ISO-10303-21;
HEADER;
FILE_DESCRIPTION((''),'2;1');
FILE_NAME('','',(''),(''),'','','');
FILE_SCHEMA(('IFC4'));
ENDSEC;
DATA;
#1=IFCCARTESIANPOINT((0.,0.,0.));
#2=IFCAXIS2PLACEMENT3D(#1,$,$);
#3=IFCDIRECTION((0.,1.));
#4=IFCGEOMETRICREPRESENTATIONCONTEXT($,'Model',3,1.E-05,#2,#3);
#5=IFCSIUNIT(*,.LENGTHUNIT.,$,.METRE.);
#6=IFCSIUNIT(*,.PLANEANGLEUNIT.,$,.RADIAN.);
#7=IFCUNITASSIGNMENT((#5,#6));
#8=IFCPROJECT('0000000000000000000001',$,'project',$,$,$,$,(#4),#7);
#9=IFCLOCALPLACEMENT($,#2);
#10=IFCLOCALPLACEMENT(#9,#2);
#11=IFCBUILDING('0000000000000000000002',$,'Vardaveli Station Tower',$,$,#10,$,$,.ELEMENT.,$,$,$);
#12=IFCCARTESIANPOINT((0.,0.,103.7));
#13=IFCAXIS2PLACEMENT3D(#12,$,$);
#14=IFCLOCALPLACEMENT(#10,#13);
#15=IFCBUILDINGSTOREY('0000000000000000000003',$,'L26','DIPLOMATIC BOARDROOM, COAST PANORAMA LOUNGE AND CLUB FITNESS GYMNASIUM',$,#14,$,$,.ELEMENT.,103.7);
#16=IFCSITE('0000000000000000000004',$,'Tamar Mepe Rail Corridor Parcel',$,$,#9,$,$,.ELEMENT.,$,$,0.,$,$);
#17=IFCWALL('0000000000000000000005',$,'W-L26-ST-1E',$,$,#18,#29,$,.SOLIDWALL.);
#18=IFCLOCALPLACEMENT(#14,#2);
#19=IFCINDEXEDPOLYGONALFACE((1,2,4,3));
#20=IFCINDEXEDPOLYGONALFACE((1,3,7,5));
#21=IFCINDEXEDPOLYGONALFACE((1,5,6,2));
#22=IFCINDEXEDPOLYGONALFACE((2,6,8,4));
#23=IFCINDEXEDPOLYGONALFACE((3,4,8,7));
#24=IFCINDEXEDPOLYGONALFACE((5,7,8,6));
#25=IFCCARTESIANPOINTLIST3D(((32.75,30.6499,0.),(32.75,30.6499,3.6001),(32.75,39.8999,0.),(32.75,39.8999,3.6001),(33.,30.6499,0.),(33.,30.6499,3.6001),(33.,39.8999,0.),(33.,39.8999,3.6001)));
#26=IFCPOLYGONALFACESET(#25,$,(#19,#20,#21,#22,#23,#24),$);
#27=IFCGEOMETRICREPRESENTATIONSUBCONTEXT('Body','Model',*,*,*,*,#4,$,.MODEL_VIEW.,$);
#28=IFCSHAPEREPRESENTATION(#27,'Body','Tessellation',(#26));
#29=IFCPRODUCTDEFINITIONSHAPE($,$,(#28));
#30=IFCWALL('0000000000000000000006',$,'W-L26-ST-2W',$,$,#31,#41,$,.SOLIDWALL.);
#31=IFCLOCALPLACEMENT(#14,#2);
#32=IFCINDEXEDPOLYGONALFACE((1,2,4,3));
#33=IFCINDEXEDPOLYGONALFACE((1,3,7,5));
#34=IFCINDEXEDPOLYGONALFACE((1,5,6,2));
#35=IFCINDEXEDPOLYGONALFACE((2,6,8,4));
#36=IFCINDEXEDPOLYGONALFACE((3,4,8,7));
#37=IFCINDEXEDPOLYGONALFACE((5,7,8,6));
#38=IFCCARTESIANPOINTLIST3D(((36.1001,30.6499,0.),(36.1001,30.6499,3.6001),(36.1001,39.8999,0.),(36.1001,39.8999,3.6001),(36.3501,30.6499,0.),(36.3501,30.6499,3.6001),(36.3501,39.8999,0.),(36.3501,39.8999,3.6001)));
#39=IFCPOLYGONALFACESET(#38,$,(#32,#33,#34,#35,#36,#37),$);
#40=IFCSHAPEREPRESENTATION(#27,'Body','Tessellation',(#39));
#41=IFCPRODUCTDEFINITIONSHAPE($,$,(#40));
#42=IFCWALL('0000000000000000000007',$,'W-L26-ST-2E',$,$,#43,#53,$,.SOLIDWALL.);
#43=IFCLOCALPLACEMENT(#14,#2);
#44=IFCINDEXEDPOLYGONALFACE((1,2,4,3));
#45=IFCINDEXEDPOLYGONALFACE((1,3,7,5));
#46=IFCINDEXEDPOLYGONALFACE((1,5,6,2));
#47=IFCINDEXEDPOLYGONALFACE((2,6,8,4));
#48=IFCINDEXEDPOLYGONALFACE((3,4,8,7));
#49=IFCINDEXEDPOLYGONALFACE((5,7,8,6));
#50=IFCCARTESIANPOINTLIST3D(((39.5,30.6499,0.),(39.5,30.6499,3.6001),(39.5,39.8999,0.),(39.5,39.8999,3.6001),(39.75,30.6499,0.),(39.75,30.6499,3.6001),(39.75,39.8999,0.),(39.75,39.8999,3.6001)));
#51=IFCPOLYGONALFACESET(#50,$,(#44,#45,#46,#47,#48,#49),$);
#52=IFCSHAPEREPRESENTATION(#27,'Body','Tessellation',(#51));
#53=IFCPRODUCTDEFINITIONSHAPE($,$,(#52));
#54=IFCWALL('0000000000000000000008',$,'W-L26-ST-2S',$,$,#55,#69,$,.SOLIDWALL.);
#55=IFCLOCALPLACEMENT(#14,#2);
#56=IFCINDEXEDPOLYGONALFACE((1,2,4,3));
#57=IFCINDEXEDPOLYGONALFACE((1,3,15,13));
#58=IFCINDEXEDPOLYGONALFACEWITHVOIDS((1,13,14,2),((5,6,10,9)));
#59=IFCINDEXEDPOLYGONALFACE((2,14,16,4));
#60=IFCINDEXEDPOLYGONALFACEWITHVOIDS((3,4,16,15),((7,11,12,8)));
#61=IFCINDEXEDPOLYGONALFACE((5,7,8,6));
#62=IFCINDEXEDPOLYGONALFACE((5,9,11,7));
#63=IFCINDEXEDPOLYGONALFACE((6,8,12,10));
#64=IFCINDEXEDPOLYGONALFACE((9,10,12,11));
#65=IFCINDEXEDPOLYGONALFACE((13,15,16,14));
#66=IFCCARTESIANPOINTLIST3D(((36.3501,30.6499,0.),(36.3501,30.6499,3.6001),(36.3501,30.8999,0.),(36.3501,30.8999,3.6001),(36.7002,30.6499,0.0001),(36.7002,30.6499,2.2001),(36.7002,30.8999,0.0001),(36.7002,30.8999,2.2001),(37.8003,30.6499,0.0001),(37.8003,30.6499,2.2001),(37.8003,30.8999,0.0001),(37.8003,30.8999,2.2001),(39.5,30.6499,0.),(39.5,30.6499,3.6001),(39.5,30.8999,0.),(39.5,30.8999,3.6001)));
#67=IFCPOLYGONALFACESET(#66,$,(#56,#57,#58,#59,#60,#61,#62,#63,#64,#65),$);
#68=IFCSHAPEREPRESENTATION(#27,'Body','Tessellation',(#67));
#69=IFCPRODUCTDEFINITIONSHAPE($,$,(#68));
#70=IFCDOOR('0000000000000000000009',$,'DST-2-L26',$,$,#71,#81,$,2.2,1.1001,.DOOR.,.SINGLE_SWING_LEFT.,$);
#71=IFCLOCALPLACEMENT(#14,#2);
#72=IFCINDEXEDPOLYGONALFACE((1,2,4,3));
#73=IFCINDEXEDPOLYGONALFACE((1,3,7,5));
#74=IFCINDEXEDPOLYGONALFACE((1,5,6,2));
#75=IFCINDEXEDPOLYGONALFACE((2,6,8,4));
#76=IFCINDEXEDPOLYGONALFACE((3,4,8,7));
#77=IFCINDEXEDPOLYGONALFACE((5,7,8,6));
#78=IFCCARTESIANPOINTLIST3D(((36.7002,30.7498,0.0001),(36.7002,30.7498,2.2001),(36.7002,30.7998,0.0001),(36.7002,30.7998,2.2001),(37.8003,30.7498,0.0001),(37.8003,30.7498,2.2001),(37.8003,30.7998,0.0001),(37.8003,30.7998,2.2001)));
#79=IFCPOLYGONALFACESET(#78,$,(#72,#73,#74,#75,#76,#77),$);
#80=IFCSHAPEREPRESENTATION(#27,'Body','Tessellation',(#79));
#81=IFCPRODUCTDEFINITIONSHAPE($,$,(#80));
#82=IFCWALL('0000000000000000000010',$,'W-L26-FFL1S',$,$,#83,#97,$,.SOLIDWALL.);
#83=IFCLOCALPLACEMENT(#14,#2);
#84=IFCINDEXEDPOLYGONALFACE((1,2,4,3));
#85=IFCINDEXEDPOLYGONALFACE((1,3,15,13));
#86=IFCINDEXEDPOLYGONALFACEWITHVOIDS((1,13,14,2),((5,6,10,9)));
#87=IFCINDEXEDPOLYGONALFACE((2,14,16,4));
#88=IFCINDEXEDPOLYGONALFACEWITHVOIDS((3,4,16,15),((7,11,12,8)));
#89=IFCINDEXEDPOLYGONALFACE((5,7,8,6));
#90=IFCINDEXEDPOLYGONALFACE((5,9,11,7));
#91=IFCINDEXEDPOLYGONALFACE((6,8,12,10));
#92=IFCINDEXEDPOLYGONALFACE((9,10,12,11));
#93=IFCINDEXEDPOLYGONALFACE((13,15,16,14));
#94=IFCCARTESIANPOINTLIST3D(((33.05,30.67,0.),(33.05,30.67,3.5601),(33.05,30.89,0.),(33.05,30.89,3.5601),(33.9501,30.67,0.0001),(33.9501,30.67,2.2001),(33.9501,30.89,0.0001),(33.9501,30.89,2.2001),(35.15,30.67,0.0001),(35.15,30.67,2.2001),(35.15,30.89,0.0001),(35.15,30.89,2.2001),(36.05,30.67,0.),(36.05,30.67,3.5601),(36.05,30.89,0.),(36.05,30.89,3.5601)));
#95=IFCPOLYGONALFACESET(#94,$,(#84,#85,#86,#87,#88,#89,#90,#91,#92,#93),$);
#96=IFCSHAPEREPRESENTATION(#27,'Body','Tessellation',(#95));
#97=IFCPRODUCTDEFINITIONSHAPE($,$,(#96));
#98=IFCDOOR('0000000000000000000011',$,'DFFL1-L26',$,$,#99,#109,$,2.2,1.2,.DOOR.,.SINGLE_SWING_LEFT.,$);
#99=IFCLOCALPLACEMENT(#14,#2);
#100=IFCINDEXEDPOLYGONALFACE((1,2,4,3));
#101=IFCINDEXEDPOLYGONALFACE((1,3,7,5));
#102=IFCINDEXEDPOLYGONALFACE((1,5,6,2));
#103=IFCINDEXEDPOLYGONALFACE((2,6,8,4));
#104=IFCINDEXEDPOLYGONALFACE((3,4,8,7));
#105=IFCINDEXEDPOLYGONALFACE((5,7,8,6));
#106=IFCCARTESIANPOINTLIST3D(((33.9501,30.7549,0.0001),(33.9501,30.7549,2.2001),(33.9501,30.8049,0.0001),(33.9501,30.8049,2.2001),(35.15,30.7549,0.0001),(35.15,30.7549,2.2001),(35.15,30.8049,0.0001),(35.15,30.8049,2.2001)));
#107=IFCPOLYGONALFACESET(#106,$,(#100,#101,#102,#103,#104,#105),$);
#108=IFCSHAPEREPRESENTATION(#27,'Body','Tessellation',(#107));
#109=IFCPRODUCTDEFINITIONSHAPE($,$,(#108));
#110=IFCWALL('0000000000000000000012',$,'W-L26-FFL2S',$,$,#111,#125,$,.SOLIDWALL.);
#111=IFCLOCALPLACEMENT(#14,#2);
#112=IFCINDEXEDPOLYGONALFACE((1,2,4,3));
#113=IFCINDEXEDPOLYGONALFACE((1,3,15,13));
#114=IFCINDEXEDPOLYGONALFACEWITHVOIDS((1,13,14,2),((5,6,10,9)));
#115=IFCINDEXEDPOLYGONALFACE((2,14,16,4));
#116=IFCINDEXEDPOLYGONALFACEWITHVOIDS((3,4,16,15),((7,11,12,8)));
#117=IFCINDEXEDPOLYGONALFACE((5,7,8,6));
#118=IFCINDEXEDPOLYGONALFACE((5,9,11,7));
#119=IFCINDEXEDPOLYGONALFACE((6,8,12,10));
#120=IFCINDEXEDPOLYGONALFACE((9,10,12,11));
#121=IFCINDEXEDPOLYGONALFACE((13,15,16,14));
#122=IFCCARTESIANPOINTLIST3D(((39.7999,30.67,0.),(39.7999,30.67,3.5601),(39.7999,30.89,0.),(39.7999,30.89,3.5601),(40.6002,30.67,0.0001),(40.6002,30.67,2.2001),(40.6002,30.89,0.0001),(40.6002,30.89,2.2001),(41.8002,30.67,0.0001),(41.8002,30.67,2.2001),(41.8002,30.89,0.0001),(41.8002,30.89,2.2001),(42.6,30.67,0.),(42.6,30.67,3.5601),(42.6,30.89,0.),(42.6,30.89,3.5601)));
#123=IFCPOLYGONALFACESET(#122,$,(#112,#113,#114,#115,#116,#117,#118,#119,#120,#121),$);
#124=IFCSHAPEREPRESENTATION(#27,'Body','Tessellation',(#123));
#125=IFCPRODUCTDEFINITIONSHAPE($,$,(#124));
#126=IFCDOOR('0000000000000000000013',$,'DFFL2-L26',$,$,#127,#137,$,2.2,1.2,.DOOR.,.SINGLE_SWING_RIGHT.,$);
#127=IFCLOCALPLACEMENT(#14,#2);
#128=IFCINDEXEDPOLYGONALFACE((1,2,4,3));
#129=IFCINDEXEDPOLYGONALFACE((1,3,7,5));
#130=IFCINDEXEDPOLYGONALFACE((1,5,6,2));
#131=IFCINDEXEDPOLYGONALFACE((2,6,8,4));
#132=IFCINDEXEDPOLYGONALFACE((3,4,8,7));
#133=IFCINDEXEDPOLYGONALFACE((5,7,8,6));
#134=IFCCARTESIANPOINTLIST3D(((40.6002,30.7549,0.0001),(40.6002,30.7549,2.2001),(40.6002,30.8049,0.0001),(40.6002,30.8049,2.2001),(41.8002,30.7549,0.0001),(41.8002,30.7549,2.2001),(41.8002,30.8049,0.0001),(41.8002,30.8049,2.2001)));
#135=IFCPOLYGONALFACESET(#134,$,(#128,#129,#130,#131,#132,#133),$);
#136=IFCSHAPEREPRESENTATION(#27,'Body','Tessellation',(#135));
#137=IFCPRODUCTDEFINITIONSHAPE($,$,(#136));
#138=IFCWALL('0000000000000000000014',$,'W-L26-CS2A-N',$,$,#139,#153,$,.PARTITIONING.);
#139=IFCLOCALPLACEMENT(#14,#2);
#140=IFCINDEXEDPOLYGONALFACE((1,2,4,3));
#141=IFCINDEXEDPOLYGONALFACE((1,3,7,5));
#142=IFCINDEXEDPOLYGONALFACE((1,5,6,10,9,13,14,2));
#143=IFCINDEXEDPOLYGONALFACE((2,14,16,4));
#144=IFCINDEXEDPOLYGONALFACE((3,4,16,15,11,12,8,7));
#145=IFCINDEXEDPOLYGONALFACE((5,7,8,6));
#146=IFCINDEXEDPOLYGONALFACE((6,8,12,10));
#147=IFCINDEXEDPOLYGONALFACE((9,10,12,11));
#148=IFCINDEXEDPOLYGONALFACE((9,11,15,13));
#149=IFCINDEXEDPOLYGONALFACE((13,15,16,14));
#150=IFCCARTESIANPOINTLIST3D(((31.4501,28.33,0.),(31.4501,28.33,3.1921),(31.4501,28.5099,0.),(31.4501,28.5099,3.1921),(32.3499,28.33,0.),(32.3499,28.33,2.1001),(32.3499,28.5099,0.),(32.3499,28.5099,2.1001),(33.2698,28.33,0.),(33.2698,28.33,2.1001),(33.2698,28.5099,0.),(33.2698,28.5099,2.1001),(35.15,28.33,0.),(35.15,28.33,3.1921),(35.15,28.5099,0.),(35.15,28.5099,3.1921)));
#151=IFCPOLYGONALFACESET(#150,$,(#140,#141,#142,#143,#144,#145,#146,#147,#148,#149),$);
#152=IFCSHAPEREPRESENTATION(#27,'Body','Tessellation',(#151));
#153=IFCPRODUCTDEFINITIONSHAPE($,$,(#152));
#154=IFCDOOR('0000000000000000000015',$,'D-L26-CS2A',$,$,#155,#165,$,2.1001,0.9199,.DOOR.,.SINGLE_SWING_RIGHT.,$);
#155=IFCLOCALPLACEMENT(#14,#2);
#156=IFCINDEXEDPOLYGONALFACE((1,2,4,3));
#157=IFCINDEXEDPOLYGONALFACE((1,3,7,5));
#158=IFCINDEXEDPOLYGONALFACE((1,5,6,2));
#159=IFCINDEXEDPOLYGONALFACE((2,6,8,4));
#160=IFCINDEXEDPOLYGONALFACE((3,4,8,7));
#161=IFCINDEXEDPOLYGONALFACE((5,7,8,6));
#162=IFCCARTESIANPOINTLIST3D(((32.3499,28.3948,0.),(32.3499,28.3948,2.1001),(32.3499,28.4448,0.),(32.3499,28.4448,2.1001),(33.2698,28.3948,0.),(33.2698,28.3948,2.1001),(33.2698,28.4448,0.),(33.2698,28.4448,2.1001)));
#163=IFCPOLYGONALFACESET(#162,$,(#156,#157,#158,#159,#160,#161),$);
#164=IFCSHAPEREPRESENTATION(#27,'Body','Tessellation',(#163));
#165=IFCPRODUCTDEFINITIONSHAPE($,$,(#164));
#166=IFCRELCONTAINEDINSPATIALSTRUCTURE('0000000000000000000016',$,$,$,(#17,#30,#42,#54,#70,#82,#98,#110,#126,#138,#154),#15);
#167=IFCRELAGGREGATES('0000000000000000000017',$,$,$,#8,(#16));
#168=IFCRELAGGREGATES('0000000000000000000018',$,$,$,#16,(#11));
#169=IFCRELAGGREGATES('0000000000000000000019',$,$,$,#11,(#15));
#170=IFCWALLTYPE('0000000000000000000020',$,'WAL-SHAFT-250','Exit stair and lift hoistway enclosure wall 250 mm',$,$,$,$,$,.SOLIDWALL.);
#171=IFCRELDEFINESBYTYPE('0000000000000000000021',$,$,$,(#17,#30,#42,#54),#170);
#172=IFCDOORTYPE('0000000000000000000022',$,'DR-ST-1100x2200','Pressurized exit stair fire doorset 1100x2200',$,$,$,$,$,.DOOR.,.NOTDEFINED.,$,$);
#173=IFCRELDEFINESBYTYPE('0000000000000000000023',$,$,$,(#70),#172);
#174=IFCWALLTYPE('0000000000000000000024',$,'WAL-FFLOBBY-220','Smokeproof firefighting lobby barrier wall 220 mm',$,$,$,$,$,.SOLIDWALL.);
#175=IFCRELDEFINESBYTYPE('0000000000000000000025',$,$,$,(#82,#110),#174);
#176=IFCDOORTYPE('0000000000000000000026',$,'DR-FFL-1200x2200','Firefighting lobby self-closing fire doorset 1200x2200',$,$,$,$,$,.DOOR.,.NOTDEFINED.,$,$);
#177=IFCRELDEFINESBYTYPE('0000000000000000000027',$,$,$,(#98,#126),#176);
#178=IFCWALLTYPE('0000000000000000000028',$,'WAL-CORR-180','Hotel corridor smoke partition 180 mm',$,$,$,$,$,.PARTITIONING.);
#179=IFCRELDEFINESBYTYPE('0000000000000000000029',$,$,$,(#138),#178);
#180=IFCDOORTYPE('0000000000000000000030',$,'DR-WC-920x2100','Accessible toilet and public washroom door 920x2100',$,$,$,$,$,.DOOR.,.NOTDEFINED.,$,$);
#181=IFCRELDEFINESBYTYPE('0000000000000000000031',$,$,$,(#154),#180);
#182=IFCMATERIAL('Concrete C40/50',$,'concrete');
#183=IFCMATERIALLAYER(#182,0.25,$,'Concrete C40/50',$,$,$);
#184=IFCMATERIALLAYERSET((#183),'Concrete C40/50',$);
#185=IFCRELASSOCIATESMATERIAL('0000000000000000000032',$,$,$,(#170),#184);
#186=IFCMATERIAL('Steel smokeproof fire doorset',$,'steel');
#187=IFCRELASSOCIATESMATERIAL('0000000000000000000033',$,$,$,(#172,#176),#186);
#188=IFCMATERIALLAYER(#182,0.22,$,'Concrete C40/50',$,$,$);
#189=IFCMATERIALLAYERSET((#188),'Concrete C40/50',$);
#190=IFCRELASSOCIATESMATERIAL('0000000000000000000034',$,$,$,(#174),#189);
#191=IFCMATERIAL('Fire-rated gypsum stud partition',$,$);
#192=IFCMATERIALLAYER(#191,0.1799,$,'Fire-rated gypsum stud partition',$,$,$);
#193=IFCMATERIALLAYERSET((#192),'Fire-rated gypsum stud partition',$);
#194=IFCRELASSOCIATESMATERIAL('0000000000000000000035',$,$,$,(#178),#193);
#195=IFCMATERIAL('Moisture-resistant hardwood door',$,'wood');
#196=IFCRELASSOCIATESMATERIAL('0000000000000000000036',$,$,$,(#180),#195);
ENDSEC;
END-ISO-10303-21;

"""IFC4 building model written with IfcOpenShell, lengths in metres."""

from ifc_helpers import new_model, si_unit, direction, frame, frame_2d, origin, place, context, subcontext, project, spatial, rectangle, extrude, source, transform, mapped, material, layer, layer_set, type_object, element, fill, save


model = new_model("IFC4")

# Units and contexts
model_context = context("Model", 3, precision=1e-05, world=origin(), true_north=direction((0.0, 1.0)))
body_context = subcontext(model_context, "Body", "Model", "MODEL_VIEW")
ifc_project = project(units=[si_unit("LENGTHUNIT", "METRE"), si_unit("PLANEANGLEUNIT", "RADIAN")], contexts=[model_context])

# Site, building, storey
site_placement = place(None, origin())
site = spatial("IfcSite", under=ifc_project, at=site_placement, Name="Tamar Mepe Rail Corridor Parcel", CompositionType="ELEMENT", RefElevation=0.0)
building_placement = place(site_placement, origin())
building = spatial("IfcBuilding", under=site, at=building_placement, Name="Vardaveli Station Tower", CompositionType="ELEMENT")
storey_placement = place(building_placement, frame((0.0, 0.0, 103.7)))
storey = spatial("IfcBuildingStorey", under=building, at=storey_placement, Name="L26", Description="DIPLOMATIC BOARDROOM, COAST PANORAMA LOUNGE AND CLUB FITNESS GYMNASIUM", CompositionType="ELEMENT", Elevation=103.7)

# Walls
ifc_material_1 = material(Name="Concrete C40/50", Category="concrete")
ifc_layer_1 = layer(ifc_material_1, 0.25, Name="Concrete C40/50")
ifc_layer_set_1 = layer_set([ifc_layer_1], Name="Concrete C40/50")
wall_type_1 = type_object("IfcWallType", Name="WAL-SHAFT-250", Description="Exit stair and lift hoistway enclosure wall 250 mm", PredefinedType="SOLIDWALL", material=ifc_layer_set_1)
shared_shape_1 = source(origin(), body_context, "Body", "SweptSolid", [
    extrude(rectangle(XDim=9.25, YDim=0.25, at=frame_2d((4.625, 0.0))), origin(), (0.0, 0.0, 1.0), 3.6001),
])
for number, where, z_axis, x_axis, name in (
    (1, (32.875, 30.6499, 0.0), (0.0, 0.0, 1.0), (0.0, 1.0, 0.0), "W-L26-ST-1E"),
    (2, (36.2251, 30.6499, 0.0), (0.0, 0.0, 1.0), (0.0, 1.0, 0.0), "W-L26-ST-2W"),
    (3, (39.625, 30.6499, 0.0), (0.0, 0.0, 1.0), (0.0, 1.0, 0.0), "W-L26-ST-2E"),
):
    element("IfcWall", number, at=place(storey_placement, frame(where, z_axis=z_axis, x_axis=x_axis)), inside=storey, type_object=wall_type_1, Name=name, PredefinedType="SOLIDWALL", context=body_context, shape_type="MappedRepresentation", body=[
        mapped(shared_shape_1, transform((0.0, 0.0, 0.0), scale=1.0)),
    ])

# Walls, openings, doors
shared_shape_2 = source(origin(), body_context, "Body", "SweptSolid", [
    extrude(rectangle(XDim=3.1499, YDim=0.25, at=frame_2d((1.575, 0.0))), origin(), (0.0, 0.0, 1.0), 3.6001),
])
wall_1_placement = place(storey_placement, frame((36.3501, 30.7749, 0.0), z_axis=(0.0, 0.0, 1.0), x_axis=(1.0, 0.0, 0.0)))
wall_1 = element("IfcWall", 4, at=wall_1_placement, inside=storey, type_object=wall_type_1, Name="W-L26-ST-2S", PredefinedType="SOLIDWALL", context=body_context, shape_type="MappedRepresentation", body=[
    mapped(shared_shape_2, transform((0.0, 0.0, 0.0), scale=1.0)),
])
shared_shape_3 = source(origin(), body_context, "Body", "SweptSolid", [
    extrude(rectangle(XDim=1.1001, YDim=2.2, at=frame_2d((0.55, 1.1001))), frame((0.0, 0.135, 0.0), z_axis=(0.0, -1.0, 0.0), x_axis=(1.0, 0.0, 0.0)), (0.0, 0.0, 1.0), 0.27),
])
opening_1_placement = place(wall_1_placement, frame((0.3501, 0.0, 0.0)))
opening_1 = element("IfcOpeningElement", 5, at=opening_1_placement, cuts=wall_1, PredefinedType="OPENING", context=body_context, shape_type="MappedRepresentation", body=[
    mapped(shared_shape_3, transform((0.0, 0.0, 0.0), scale=1.0)),
])
ifc_material_2 = material(Name="Steel smokeproof fire doorset", Category="steel")
door_type_1 = type_object("IfcDoorType", Name="DR-ST-1100x2200", Description="Pressurized exit stair fire doorset 1100x2200", OperationType="NOTDEFINED", PredefinedType="DOOR", material=ifc_material_2)
shared_shape_4 = source(origin(), body_context, "Body", "SweptSolid", [
    extrude(rectangle(XDim=1.1001, YDim=2.2, at=frame_2d((0.55, 1.1001))), frame((0.0, 0.0249, 0.0), z_axis=(0.0, -1.0, 0.0), x_axis=(1.0, 0.0, 0.0)), (0.0, 0.0, 1.0), 0.05),
])
door_1_placement = place(opening_1_placement, origin())
door_1 = element("IfcDoor", 6, at=door_1_placement, inside=storey, type_object=door_type_1, Name="DST-2-L26", OperationType="SINGLE_SWING_LEFT", OverallHeight=2.2, OverallWidth=1.1001, PredefinedType="DOOR", context=body_context, shape_type="MappedRepresentation", body=[
    mapped(shared_shape_4, transform((0.0, 0.0, 0.0), scale=1.0)),
])
fill(opening_1, door_1)
ifc_layer_2 = layer(ifc_material_1, 0.22, Name="Concrete C40/50")
ifc_layer_set_2 = layer_set([ifc_layer_2], Name="Concrete C40/50")
wall_type_2 = type_object("IfcWallType", Name="WAL-FFLOBBY-220", Description="Smokeproof firefighting lobby barrier wall 220 mm", PredefinedType="SOLIDWALL", material=ifc_layer_set_2)
shared_shape_5 = source(origin(), body_context, "Body", "SweptSolid", [
    extrude(rectangle(XDim=3.0, YDim=0.22, at=frame_2d((1.5, 0.0))), origin(), (0.0, 0.0, 1.0), 3.5601),
])
wall_2_placement = place(storey_placement, frame((33.05, 30.78, 0.0), z_axis=(0.0, 0.0, 1.0), x_axis=(1.0, 0.0, 0.0)))
wall_2 = element("IfcWall", 7, at=wall_2_placement, inside=storey, type_object=wall_type_2, Name="W-L26-FFL1S", PredefinedType="SOLIDWALL", context=body_context, shape_type="MappedRepresentation", body=[
    mapped(shared_shape_5, transform((0.0, 0.0, 0.0), scale=1.0)),
])
shared_shape_6 = source(origin(), body_context, "Body", "SweptSolid", [
    extrude(rectangle(XDim=1.2, YDim=2.2, at=frame_2d((0.6001, 1.1001))), frame((0.0, 0.1201, 0.0), z_axis=(0.0, -1.0, 0.0), x_axis=(1.0, 0.0, 0.0)), (0.0, 0.0, 1.0), 0.24),
])
opening_2_placement = place(wall_2_placement, frame((0.8999, 0.0, 0.0)))
opening_2 = element("IfcOpeningElement", 8, at=opening_2_placement, cuts=wall_2, PredefinedType="OPENING", context=body_context, shape_type="MappedRepresentation", body=[
    mapped(shared_shape_6, transform((0.0, 0.0, 0.0), scale=1.0)),
])
door_type_2 = type_object("IfcDoorType", Name="DR-FFL-1200x2200", Description="Firefighting lobby self-closing fire doorset 1200x2200", OperationType="NOTDEFINED", PredefinedType="DOOR", material=ifc_material_2)
shared_shape_7 = source(origin(), body_context, "Body", "SweptSolid", [
    extrude(rectangle(XDim=1.2, YDim=2.2, at=frame_2d((0.6001, 1.1001))), frame((0.0, 0.0249, 0.0), z_axis=(0.0, -1.0, 0.0), x_axis=(1.0, 0.0, 0.0)), (0.0, 0.0, 1.0), 0.05),
])
door_2_placement = place(opening_2_placement, origin())
door_2 = element("IfcDoor", 9, at=door_2_placement, inside=storey, type_object=door_type_2, Name="DFFL1-L26", OperationType="SINGLE_SWING_LEFT", OverallHeight=2.2, OverallWidth=1.2, PredefinedType="DOOR", context=body_context, shape_type="MappedRepresentation", body=[
    mapped(shared_shape_7, transform((0.0, 0.0, 0.0), scale=1.0)),
])
fill(opening_2, door_2)
shared_shape_8 = source(origin(), body_context, "Body", "SweptSolid", [
    extrude(rectangle(XDim=2.8, YDim=0.22, at=frame_2d((1.3999, 0.0))), origin(), (0.0, 0.0, 1.0), 3.5601),
])
wall_3_placement = place(storey_placement, frame((39.8, 30.78, 0.0), z_axis=(0.0, 0.0, 1.0), x_axis=(1.0, 0.0, 0.0)))
wall_3 = element("IfcWall", 10, at=wall_3_placement, inside=storey, type_object=wall_type_2, Name="W-L26-FFL2S", PredefinedType="SOLIDWALL", context=body_context, shape_type="MappedRepresentation", body=[
    mapped(shared_shape_8, transform((0.0, 0.0, 0.0), scale=1.0)),
])
opening_3_placement = place(wall_3_placement, frame((0.8, 0.0, 0.0)))
opening_3 = element("IfcOpeningElement", 11, at=opening_3_placement, cuts=wall_3, PredefinedType="OPENING", context=body_context, shape_type="MappedRepresentation", body=[
    mapped(shared_shape_6, transform((0.0, 0.0, 0.0), scale=1.0)),
])
door_3_placement = place(opening_3_placement, origin())
door_3 = element("IfcDoor", 12, at=door_3_placement, inside=storey, type_object=door_type_2, Name="DFFL2-L26", OperationType="SINGLE_SWING_RIGHT", OverallHeight=2.2, OverallWidth=1.2, PredefinedType="DOOR", context=body_context, shape_type="MappedRepresentation", body=[
    mapped(shared_shape_7, transform((0.0, 0.0, 0.0), scale=1.0)),
])
fill(opening_3, door_3)
ifc_material_3 = material(Name="Fire-rated gypsum stud partition")
ifc_layer_3 = layer(ifc_material_3, 0.1799, Name="Fire-rated gypsum stud partition")
ifc_layer_set_3 = layer_set([ifc_layer_3], Name="Fire-rated gypsum stud partition")
wall_type_3 = type_object("IfcWallType", Name="WAL-CORR-180", Description="Hotel corridor smoke partition 180 mm", PredefinedType="PARTITIONING", material=ifc_layer_set_3)
shared_shape_9 = source(origin(), body_context, "Body", "SweptSolid", [
    extrude(rectangle(XDim=3.7, YDim=0.1799, at=frame_2d((1.8501, 0.0))), origin(), (0.0, 0.0, 1.0), 3.1921),
])
wall_4_placement = place(storey_placement, frame((31.45, 28.4199, 0.0), z_axis=(0.0, 0.0, 1.0), x_axis=(1.0, 0.0, 0.0)))
wall_4 = element("IfcWall", 13, at=wall_4_placement, inside=storey, type_object=wall_type_3, Name="W-L26-CS2A-N", PredefinedType="PARTITIONING", context=body_context, shape_type="MappedRepresentation", body=[
    mapped(shared_shape_9, transform((0.0, 0.0, 0.0), scale=1.0)),
])
shared_shape_10 = source(origin(), body_context, "Body", "SweptSolid", [
    extrude(rectangle(XDim=0.9199, YDim=2.1001, at=frame_2d((0.46, 1.05))), frame((0.0, 0.1001, 0.0), z_axis=(0.0, -1.0, 0.0), x_axis=(1.0, 0.0, 0.0)), (0.0, 0.0, 1.0), 0.2),
])
opening_4_placement = place(wall_4_placement, frame((0.8999, 0.0, 0.0)))
opening_4 = element("IfcOpeningElement", 14, at=opening_4_placement, cuts=wall_4, PredefinedType="OPENING", context=body_context, shape_type="MappedRepresentation", body=[
    mapped(shared_shape_10, transform((0.0, 0.0, 0.0), scale=1.0)),
])
ifc_material_4 = material(Name="Moisture-resistant hardwood door", Category="wood")
door_type_3 = type_object("IfcDoorType", Name="DR-WC-920x2100", Description="Accessible toilet and public washroom door 920x2100", OperationType="NOTDEFINED", PredefinedType="DOOR", material=ifc_material_4)
shared_shape_11 = source(origin(), body_context, "Body", "SweptSolid", [
    extrude(rectangle(XDim=0.9199, YDim=2.1001, at=frame_2d((0.46, 1.05))), frame((0.0, 0.0249, 0.0), z_axis=(0.0, -1.0, 0.0), x_axis=(1.0, 0.0, 0.0)), (0.0, 0.0, 1.0), 0.05),
])
door_4_placement = place(opening_4_placement, origin())
door_4 = element("IfcDoor", 15, at=door_4_placement, inside=storey, type_object=door_type_3, Name="D-L26-CS2A", OperationType="SINGLE_SWING_RIGHT", OverallHeight=2.1001, OverallWidth=0.9199, PredefinedType="DOOR", context=body_context, shape_type="MappedRepresentation", body=[
    mapped(shared_shape_11, transform((0.0, 0.0, 0.0), scale=1.0)),
])
fill(opening_4, door_4)

save(model, "model.ifc")
